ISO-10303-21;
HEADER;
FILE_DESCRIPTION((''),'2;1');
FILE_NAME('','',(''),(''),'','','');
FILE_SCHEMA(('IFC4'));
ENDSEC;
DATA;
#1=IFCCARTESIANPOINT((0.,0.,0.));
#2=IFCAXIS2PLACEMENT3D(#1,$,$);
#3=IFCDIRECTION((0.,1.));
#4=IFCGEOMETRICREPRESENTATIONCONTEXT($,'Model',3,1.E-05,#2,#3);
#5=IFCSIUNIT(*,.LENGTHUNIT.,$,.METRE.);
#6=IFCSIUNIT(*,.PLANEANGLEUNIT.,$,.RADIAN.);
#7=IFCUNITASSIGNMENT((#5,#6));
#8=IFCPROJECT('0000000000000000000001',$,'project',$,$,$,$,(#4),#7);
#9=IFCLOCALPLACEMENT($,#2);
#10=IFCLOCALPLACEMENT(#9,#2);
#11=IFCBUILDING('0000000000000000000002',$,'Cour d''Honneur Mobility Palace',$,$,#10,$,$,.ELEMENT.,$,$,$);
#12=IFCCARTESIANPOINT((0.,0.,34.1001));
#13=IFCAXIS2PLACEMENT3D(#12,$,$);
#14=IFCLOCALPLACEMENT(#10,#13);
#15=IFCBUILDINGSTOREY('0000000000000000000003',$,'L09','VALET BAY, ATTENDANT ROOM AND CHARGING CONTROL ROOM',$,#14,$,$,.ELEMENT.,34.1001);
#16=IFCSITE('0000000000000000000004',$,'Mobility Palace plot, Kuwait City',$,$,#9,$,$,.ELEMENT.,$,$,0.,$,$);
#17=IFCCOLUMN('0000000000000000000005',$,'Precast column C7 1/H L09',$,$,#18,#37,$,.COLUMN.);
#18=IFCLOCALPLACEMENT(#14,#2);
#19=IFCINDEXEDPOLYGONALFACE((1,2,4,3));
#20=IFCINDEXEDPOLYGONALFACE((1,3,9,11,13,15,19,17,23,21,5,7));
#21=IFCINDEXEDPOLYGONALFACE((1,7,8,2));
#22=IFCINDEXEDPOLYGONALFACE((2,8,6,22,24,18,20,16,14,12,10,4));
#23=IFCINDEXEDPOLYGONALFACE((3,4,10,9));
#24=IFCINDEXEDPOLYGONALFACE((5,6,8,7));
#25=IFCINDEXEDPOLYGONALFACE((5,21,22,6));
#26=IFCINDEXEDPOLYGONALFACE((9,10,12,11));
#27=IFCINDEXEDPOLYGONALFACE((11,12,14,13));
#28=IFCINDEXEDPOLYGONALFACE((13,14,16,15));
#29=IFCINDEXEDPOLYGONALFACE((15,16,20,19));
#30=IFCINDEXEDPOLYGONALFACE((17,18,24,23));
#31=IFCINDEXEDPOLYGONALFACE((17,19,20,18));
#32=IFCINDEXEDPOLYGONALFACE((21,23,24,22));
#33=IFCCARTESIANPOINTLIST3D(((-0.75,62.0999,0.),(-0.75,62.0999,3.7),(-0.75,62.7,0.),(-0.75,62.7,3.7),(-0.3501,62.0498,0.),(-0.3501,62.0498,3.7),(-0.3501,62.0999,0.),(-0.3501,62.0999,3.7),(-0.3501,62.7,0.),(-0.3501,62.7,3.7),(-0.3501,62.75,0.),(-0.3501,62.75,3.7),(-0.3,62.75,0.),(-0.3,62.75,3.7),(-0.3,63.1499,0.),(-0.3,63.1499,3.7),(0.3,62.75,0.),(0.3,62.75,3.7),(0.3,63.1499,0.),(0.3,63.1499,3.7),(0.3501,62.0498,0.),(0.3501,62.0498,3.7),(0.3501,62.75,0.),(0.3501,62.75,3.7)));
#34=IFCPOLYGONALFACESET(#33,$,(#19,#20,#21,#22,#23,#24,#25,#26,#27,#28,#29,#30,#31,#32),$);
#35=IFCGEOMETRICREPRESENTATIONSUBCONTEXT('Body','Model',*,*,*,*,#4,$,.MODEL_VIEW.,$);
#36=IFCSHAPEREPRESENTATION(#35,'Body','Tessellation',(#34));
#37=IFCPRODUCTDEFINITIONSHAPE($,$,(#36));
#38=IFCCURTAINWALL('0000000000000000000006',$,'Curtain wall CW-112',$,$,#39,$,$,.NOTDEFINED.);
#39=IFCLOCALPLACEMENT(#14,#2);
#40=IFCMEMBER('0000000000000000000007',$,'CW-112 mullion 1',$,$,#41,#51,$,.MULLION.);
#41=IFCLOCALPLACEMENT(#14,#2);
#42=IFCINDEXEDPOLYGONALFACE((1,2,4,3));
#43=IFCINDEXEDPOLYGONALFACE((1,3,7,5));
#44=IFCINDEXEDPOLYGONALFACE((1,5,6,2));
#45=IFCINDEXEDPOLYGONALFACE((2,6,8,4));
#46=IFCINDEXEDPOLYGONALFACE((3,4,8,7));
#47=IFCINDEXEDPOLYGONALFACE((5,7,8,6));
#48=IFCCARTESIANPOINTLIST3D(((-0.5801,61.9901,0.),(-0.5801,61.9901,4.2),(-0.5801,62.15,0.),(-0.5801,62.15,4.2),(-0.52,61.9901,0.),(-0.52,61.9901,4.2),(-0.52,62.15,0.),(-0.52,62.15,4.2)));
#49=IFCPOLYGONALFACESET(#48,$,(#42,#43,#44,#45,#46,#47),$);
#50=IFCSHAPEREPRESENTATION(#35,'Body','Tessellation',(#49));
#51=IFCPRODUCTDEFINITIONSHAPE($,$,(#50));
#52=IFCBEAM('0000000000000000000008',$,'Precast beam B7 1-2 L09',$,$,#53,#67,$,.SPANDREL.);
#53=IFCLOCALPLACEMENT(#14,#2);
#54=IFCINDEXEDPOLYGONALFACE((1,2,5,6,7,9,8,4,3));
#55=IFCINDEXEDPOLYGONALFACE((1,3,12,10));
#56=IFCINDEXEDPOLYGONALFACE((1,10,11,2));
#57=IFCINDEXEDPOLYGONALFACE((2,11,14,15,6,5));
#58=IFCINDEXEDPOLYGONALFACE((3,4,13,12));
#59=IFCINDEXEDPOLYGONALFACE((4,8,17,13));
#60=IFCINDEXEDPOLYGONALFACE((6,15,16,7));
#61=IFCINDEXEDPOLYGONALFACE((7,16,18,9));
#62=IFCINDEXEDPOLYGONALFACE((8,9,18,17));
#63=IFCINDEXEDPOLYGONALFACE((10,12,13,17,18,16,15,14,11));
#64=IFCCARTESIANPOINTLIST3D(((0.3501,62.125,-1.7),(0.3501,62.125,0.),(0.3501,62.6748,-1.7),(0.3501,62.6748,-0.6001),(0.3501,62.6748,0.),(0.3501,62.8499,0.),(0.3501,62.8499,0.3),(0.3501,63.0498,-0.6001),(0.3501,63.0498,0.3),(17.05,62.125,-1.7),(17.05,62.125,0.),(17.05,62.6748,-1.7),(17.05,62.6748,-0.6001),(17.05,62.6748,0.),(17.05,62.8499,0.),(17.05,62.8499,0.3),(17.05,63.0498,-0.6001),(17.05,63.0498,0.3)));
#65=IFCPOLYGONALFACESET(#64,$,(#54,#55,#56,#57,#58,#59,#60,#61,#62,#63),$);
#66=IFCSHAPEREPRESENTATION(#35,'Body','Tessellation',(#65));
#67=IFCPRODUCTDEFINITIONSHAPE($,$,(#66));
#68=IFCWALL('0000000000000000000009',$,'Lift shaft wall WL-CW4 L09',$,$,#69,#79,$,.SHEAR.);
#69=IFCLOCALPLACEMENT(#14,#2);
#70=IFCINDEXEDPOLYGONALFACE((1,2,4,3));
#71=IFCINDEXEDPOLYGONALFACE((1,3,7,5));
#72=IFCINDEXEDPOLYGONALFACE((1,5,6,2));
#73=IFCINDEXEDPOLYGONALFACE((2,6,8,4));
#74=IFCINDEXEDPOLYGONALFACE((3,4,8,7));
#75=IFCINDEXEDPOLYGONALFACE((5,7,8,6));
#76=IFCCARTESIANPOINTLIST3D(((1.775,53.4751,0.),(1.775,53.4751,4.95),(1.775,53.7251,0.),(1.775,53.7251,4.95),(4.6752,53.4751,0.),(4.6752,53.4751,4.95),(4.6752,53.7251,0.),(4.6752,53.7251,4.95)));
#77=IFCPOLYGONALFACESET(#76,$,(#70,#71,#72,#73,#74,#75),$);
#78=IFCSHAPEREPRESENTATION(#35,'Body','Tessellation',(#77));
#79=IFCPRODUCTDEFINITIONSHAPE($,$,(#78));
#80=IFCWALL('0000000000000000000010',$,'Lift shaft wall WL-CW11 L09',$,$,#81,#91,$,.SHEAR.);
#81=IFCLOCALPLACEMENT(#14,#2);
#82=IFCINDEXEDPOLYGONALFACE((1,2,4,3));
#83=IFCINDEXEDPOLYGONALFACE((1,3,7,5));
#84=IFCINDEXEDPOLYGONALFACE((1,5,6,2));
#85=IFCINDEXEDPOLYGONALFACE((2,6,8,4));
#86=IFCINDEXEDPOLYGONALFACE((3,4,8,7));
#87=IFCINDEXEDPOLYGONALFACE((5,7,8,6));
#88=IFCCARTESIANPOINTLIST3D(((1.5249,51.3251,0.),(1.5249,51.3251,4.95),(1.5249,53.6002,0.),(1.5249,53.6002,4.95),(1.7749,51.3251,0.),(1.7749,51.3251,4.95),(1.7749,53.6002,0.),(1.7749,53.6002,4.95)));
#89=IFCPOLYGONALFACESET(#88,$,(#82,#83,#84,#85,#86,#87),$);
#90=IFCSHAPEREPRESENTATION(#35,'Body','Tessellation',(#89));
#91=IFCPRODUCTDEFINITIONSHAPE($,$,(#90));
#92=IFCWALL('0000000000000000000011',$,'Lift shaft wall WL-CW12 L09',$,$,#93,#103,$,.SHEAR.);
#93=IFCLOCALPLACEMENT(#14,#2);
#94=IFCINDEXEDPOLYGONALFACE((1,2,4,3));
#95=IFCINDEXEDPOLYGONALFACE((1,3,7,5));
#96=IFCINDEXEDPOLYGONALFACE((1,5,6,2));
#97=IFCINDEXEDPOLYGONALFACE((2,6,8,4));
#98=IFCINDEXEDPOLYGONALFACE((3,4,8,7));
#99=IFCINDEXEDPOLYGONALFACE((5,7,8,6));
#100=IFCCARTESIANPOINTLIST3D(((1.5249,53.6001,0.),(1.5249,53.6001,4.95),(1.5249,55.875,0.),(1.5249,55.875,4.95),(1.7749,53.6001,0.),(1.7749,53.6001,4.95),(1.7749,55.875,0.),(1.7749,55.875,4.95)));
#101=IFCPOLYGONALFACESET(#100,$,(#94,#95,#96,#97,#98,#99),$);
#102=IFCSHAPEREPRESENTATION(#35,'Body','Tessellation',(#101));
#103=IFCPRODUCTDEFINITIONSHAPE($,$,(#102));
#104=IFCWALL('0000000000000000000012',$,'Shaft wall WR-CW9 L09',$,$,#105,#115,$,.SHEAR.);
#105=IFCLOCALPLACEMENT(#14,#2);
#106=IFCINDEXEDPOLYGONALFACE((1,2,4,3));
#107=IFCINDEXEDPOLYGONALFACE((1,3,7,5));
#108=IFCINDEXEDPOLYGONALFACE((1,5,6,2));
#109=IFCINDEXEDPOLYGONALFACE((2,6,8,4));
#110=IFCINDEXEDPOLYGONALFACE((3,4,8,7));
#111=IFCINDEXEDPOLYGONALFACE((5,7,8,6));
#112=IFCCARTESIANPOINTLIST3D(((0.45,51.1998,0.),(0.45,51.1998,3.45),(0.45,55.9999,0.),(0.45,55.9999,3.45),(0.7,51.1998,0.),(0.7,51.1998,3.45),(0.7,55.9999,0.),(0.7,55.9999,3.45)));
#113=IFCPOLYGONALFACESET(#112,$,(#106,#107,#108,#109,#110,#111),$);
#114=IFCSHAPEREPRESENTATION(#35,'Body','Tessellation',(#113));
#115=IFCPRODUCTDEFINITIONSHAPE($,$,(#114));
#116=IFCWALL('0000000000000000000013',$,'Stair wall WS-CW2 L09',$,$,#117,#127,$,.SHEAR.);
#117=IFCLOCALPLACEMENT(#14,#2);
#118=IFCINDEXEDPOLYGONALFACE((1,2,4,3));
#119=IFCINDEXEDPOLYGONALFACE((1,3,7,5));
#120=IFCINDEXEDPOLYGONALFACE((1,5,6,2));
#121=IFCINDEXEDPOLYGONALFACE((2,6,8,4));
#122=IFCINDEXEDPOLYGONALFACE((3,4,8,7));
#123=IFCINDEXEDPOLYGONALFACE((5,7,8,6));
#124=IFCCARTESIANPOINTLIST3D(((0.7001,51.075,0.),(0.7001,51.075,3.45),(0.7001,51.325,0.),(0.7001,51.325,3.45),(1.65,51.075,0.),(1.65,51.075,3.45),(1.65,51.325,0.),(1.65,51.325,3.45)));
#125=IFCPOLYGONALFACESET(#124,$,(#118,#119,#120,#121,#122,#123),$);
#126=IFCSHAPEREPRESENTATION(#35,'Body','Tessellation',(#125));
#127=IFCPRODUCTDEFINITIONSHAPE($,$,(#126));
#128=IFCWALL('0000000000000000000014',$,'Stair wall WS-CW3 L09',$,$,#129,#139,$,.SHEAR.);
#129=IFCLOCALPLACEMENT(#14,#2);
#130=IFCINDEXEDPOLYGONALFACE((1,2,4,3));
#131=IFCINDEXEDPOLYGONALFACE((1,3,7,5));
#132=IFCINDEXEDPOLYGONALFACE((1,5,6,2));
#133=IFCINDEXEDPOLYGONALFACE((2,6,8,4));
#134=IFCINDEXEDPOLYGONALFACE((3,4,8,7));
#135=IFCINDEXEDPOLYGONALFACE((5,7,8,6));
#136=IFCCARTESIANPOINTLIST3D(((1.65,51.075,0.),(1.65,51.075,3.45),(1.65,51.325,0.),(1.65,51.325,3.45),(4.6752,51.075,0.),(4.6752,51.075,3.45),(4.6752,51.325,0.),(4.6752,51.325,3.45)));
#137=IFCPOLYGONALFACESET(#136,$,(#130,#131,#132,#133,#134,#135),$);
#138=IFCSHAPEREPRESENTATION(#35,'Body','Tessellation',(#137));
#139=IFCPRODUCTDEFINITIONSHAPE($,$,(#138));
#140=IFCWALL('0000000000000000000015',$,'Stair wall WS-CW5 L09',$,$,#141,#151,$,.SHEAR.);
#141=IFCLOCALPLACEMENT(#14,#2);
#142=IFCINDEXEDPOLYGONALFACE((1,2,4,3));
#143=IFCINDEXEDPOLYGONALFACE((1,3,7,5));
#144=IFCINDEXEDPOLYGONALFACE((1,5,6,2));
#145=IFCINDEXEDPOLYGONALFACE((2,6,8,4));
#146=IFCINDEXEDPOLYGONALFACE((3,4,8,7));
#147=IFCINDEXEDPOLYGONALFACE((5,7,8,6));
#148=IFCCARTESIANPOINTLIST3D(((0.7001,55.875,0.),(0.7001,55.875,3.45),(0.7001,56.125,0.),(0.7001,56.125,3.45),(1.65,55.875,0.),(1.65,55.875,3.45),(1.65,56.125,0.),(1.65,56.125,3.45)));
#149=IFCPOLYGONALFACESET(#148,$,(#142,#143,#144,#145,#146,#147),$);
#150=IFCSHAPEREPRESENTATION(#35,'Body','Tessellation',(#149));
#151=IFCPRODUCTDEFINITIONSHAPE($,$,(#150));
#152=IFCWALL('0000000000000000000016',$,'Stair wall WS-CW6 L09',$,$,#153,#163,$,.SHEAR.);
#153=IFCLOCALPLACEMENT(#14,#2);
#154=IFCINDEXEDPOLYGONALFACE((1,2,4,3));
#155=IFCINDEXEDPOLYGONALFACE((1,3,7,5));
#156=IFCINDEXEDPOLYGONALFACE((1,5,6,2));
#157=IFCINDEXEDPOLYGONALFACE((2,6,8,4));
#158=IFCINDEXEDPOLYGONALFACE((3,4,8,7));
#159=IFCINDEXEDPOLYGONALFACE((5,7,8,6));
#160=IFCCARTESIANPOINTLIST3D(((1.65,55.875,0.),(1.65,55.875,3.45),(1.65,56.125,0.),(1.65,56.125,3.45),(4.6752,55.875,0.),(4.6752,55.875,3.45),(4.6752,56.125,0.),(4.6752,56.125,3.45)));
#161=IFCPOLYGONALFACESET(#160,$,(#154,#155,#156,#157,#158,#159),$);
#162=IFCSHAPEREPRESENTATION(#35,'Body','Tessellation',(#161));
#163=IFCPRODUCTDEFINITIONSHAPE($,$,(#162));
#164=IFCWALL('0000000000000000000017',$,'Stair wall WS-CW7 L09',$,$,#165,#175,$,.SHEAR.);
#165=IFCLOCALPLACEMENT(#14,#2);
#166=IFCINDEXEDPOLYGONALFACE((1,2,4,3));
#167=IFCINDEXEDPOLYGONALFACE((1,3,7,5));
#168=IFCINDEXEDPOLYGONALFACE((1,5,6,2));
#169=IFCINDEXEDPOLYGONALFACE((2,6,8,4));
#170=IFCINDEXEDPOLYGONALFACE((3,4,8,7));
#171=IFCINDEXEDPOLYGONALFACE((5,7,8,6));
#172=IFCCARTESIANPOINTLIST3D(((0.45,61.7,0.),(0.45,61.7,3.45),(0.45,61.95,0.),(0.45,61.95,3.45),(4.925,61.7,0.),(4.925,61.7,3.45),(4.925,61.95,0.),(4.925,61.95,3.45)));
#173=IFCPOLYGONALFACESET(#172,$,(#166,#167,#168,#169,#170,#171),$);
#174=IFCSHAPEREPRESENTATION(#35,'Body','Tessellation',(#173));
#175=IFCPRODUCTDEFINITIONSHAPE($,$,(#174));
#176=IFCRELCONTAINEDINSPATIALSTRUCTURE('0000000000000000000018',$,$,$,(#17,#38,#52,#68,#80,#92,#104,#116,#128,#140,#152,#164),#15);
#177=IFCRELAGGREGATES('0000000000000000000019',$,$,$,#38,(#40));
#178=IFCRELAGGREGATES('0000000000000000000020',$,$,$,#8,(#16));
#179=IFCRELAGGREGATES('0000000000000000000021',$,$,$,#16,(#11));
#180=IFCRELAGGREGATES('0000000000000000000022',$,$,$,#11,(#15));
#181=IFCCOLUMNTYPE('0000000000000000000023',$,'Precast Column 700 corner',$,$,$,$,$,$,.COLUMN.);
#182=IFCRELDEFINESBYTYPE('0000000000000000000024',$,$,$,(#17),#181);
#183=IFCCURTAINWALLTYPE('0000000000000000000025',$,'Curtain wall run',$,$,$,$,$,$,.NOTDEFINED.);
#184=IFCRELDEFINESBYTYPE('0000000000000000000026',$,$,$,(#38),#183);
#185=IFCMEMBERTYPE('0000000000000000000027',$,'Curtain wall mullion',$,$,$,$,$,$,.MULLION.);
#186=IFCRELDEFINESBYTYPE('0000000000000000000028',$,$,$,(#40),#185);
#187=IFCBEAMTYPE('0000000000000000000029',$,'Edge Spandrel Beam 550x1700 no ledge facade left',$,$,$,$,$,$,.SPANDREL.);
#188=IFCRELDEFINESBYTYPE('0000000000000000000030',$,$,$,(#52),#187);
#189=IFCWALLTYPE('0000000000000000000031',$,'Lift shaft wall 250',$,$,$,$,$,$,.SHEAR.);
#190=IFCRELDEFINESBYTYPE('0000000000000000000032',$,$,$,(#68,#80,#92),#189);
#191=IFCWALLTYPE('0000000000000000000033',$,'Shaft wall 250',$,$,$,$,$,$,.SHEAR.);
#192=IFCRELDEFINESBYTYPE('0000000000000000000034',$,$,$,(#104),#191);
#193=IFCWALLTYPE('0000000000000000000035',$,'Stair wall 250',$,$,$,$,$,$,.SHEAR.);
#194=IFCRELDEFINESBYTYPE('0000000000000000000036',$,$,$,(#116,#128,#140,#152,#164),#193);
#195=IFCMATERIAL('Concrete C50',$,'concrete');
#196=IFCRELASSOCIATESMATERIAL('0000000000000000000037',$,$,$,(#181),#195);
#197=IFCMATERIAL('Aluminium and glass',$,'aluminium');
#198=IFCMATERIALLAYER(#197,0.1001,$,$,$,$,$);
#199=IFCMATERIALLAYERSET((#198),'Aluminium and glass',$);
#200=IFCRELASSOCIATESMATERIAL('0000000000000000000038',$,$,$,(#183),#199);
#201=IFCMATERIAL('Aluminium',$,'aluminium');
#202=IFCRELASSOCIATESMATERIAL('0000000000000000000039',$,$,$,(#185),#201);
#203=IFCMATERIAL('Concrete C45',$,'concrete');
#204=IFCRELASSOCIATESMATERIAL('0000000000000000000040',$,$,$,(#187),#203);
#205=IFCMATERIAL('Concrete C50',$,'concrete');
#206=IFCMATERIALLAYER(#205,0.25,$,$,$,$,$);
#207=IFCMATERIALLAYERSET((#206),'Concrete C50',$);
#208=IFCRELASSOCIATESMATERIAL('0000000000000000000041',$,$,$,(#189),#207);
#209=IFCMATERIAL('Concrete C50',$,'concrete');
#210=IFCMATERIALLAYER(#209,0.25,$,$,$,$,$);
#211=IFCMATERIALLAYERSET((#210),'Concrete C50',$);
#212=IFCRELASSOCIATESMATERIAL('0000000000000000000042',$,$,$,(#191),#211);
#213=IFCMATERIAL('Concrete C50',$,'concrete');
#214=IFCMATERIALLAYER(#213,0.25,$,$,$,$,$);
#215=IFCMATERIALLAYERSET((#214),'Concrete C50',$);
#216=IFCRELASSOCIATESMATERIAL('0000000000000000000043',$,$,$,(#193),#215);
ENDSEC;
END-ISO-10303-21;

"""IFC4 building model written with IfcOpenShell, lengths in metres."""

from ifc_helpers import new_model, si_unit, direction, frame, frame_2d, origin, origin_2d, place, context, subcontext, project, spatial, polyline, rectangle, outline, extrude, material, layer, layer_set, material_profile, profile_set, type_object, element, aggregate, save


model = new_model("IFC4")

# Units and contexts
model_context = context("Model", 3, precision=1e-05, world=origin(), true_north=direction((0.0, 1.0)))
body_context = subcontext(model_context, "Body", "Model", "MODEL_VIEW")
ifc_project = project(units=[si_unit("LENGTHUNIT", "METRE"), si_unit("PLANEANGLEUNIT", "RADIAN")], contexts=[model_context])

# Site, building, storey
site_placement = place(None, origin())
site = spatial("IfcSite", under=ifc_project, at=site_placement, Name="Mobility Palace plot, Kuwait City", CompositionType="ELEMENT", RefElevation=0.0)
building_placement = place(site_placement, origin())
building = spatial("IfcBuilding", under=site, at=building_placement, Name="Cour d'Honneur Mobility Palace", CompositionType="ELEMENT")
storey_placement = place(building_placement, frame((0.0, 0.0, 34.1001)))
storey = spatial("IfcBuildingStorey", under=building, at=storey_placement, Name="L09", Description="VALET BAY, ATTENDANT ROOM AND CHARGING CONTROL ROOM", CompositionType="ELEMENT", Elevation=34.1001)

# Column
ifc_material_1 = material(Name="Concrete C50", Category="concrete")
ifc_material_profile_1 = material_profile(ifc_material_1, outline(polyline([(-0.3501, -0.3501), (0.3501, -0.3501), (0.3501, -0.3), (0.75, -0.3), (0.75, 0.3), (0.3501, 0.3), (0.3501, 0.3501), (0.3, 0.3501), (0.3, 0.75), (-0.3, 0.75), (-0.3, 0.3501), (-0.3501, 0.3501), (-0.3501, -0.3501)])), Name="PC C700 corner")
ifc_profile_set_1 = profile_set([ifc_material_profile_1], Name="Concrete C50")
column_type = type_object("IfcColumnType", Name="Precast Column 700 corner", PredefinedType="COLUMN", material=ifc_profile_set_1)
column_placement = place(storey_placement, frame((0.0, 62.3999, 0.0), z_axis=(0.0, 0.0, 1.0), x_axis=(0.0, 1.0, 0.0)))
element("IfcColumn", 1, at=column_placement, inside=storey, type_object=column_type, Name="Precast column C7 1/H L09", PredefinedType="COLUMN", context=body_context, shape_type="SweptSolid", body=[
    extrude(outline(polyline([(-0.3501, -0.3501), (0.3501, -0.3501), (0.3501, -0.3), (0.75, -0.3), (0.75, 0.3), (0.3501, 0.3), (0.3501, 0.3501), (0.3, 0.3501), (0.3, 0.75), (-0.3, 0.75), (-0.3, 0.3501), (-0.3501, 0.3501), (-0.3501, -0.3501)])), origin(), (0.0, 0.0, 1.0), 3.7),
])

# Curtain wall, member
ifc_material_2 = material(Name="Aluminium and glass", Category="aluminium")
ifc_layer_1 = layer(ifc_material_2, 0.1001)
ifc_layer_set_1 = layer_set([ifc_layer_1], Name="Aluminium and glass")
curtain_wall_type = type_object("IfcCurtainWallType", Name="Curtain wall run", PredefinedType="NOTDEFINED", material=ifc_layer_set_1)
curtain_wall_placement = place(storey_placement, origin())
curtain_wall = element("IfcCurtainWall", 2, at=curtain_wall_placement, inside=storey, type_object=curtain_wall_type, Name="Curtain wall CW-112", PredefinedType="NOTDEFINED")
ifc_material_3 = material(Name="Aluminium", Category="aluminium")
ifc_material_profile_2 = material_profile(ifc_material_3, rectangle(XDim=0.0601, YDim=0.1599, at=origin_2d()), Name="Curtain wall mullion")
ifc_profile_set_2 = profile_set([ifc_material_profile_2], Name="Aluminium")
member_type = type_object("IfcMemberType", Name="Curtain wall mullion", PredefinedType="MULLION", material=ifc_profile_set_2)
member_placement = place(storey_placement, frame((-0.55, 62.0701, 0.0), z_axis=(0.0, 0.0, 1.0), x_axis=(1.0, 0.0, 0.0)))
member = element("IfcMember", 3, at=member_placement, type_object=member_type, Name="CW-112 mullion 1", PredefinedType="MULLION", context=body_context, shape_type="SweptSolid", body=[
    extrude(rectangle(XDim=0.0601, YDim=0.1599, at=origin_2d()), origin(), (0.0, 0.0, 1.0), 4.2),
])
aggregate(curtain_wall, [member])

# Beam
ifc_material_4 = material(Name="Concrete C45", Category="concrete")
ifc_material_profile_3 = material_profile(ifc_material_4, outline(polyline([(0.2749, -1.7), (0.2749, -0.6001), (0.6499, -0.6001), (0.6499, 0.3), (0.45, 0.3), (0.45, 0.0), (0.2749, 0.0), (-0.2749, 0.0), (-0.2749, -1.7), (0.2749, -1.7)])), Name="Edge Spandrel Beam 550x1700 no ledge facade left")
ifc_profile_set_3 = profile_set([ifc_material_profile_3], Name="Concrete C45")
beam_type = type_object("IfcBeamType", Name="Edge Spandrel Beam 550x1700 no ledge facade left", PredefinedType="SPANDREL", material=ifc_profile_set_3)
beam_placement = place(storey_placement, frame((0.3501, 62.3999, 0.0), z_axis=(1.0, 0.0, 0.0), x_axis=(0.0, 1.0, 0.0)))
element("IfcBeam", 4, at=beam_placement, inside=storey, type_object=beam_type, Name="Precast beam B7 1-2 L09", PredefinedType="SPANDREL", context=body_context, shape_type="SweptSolid", body=[
    extrude(outline(polyline([(0.2749, -1.7), (0.2749, -0.6001), (0.6499, -0.6001), (0.6499, 0.3), (0.45, 0.3), (0.45, 0.0), (0.2749, 0.0), (-0.2749, 0.0), (-0.2749, -1.7), (0.2749, -1.7)])), origin(), (0.0, 0.0, 1.0), 16.7),
])

# Walls
ifc_material_5 = material(Name="Concrete C50", Category="concrete")
ifc_layer_2 = layer(ifc_material_5, 0.25)
ifc_layer_set_2 = layer_set([ifc_layer_2], Name="Concrete C50")
wall_type_1 = type_object("IfcWallType", Name="Lift shaft wall 250", PredefinedType="SHEAR", material=ifc_layer_set_2)
wall_1_placement = place(storey_placement, frame((1.7749, 53.6001, 0.0), z_axis=(0.0, 0.0, 1.0), x_axis=(1.0, 0.0, 0.0)))
element("IfcWall", 5, at=wall_1_placement, inside=storey, type_object=wall_type_1, Name="Lift shaft wall WL-CW4 L09", PredefinedType="SHEAR", context=body_context, shape_type="SweptSolid", body=[
    extrude(rectangle(XDim=2.9001, YDim=0.25, at=frame_2d((1.4502, 0.0))), origin(), (0.0, 0.0, 1.0), 4.95),
])
wall_2_placement = place(storey_placement, frame((1.6499, 51.325, 0.0), z_axis=(0.0, 0.0, 1.0), x_axis=(0.0, 1.0, 0.0)))
element("IfcWall", 6, at=wall_2_placement, inside=storey, type_object=wall_type_1, Name="Lift shaft wall WL-CW11 L09", PredefinedType="SHEAR", context=body_context, shape_type="SweptSolid", body=[
    extrude(rectangle(XDim=2.2751, YDim=0.25, at=frame_2d((1.1377, 0.0))), origin(), (0.0, 0.0, 1.0), 4.95),
])
wall_3_placement = place(storey_placement, frame((1.6499, 53.6001, 0.0), z_axis=(0.0, 0.0, 1.0), x_axis=(0.0, 1.0, 0.0)))
element("IfcWall", 7, at=wall_3_placement, inside=storey, type_object=wall_type_1, Name="Lift shaft wall WL-CW12 L09", PredefinedType="SHEAR", context=body_context, shape_type="SweptSolid", body=[
    extrude(rectangle(XDim=2.2749, YDim=0.25, at=frame_2d((1.1375, 0.0))), origin(), (0.0, 0.0, 1.0), 4.95),
])
ifc_material_6 = material(Name="Concrete C50", Category="concrete")
ifc_layer_3 = layer(ifc_material_6, 0.25)
ifc_layer_set_3 = layer_set([ifc_layer_3], Name="Concrete C50")
wall_type_2 = type_object("IfcWallType", Name="Shaft wall 250", PredefinedType="SHEAR", material=ifc_layer_set_3)
wall_4_placement = place(storey_placement, frame((0.575, 51.2, 0.0), z_axis=(0.0, 0.0, 1.0), x_axis=(0.0, 1.0, 0.0)))
element("IfcWall", 8, at=wall_4_placement, inside=storey, type_object=wall_type_2, Name="Shaft wall WR-CW9 L09", PredefinedType="SHEAR", context=body_context, shape_type="SweptSolid", body=[
    extrude(rectangle(XDim=4.8, YDim=0.25, at=frame_2d((2.3999, 0.0))), origin(), (0.0, 0.0, 1.0), 3.45),
])
ifc_material_7 = material(Name="Concrete C50", Category="concrete")
ifc_layer_4 = layer(ifc_material_7, 0.25)
ifc_layer_set_4 = layer_set([ifc_layer_4], Name="Concrete C50")
wall_type_3 = type_object("IfcWallType", Name="Stair wall 250", PredefinedType="SHEAR", material=ifc_layer_set_4)
wall_5_placement = place(storey_placement, frame((0.7, 51.2, 0.0), z_axis=(0.0, 0.0, 1.0), x_axis=(1.0, 0.0, 0.0)))
element("IfcWall", 9, at=wall_5_placement, inside=storey, type_object=wall_type_3, Name="Stair wall WS-CW2 L09", PredefinedType="SHEAR", context=body_context, shape_type="SweptSolid", body=[
    extrude(rectangle(XDim=0.95, YDim=0.25, at=frame_2d((0.4751, 0.0))), origin(), (0.0, 0.0, 1.0), 3.45),
])
wall_6_placement = place(storey_placement, frame((1.6499, 51.2, 0.0), z_axis=(0.0, 0.0, 1.0), x_axis=(1.0, 0.0, 0.0)))
element("IfcWall", 10, at=wall_6_placement, inside=storey, type_object=wall_type_3, Name="Stair wall WS-CW3 L09", PredefinedType="SHEAR", context=body_context, shape_type="SweptSolid", body=[
    extrude(rectangle(XDim=3.0251, YDim=0.25, at=frame_2d((1.5127, 0.0))), origin(), (0.0, 0.0, 1.0), 3.45),
])
wall_7_placement = place(storey_placement, frame((0.7, 56.0, 0.0), z_axis=(0.0, 0.0, 1.0), x_axis=(1.0, 0.0, 0.0)))
element("IfcWall", 11, at=wall_7_placement, inside=storey, type_object=wall_type_3, Name="Stair wall WS-CW5 L09", PredefinedType="SHEAR", context=body_context, shape_type="SweptSolid", body=[
    extrude(rectangle(XDim=0.95, YDim=0.25, at=frame_2d((0.4751, 0.0))), origin(), (0.0, 0.0, 1.0), 3.45),
])
wall_8_placement = place(storey_placement, frame((1.6499, 56.0, 0.0), z_axis=(0.0, 0.0, 1.0), x_axis=(1.0, 0.0, 0.0)))
element("IfcWall", 12, at=wall_8_placement, inside=storey, type_object=wall_type_3, Name="Stair wall WS-CW6 L09", PredefinedType="SHEAR", context=body_context, shape_type="SweptSolid", body=[
    extrude(rectangle(XDim=3.0251, YDim=0.25, at=frame_2d((1.5127, 0.0))), origin(), (0.0, 0.0, 1.0), 3.45),
])
wall_9_placement = place(storey_placement, frame((0.45, 61.825, 0.0), z_axis=(0.0, 0.0, 1.0), x_axis=(1.0, 0.0, 0.0)))
element("IfcWall", 13, at=wall_9_placement, inside=storey, type_object=wall_type_3, Name="Stair wall WS-CW7 L09", PredefinedType="SHEAR", context=body_context, shape_type="SweptSolid", body=[
    extrude(rectangle(XDim=4.4751, YDim=0.25, at=frame_2d((2.2375, 0.0))), origin(), (0.0, 0.0, 1.0), 3.45),
])

save(model, "model.ifc")
